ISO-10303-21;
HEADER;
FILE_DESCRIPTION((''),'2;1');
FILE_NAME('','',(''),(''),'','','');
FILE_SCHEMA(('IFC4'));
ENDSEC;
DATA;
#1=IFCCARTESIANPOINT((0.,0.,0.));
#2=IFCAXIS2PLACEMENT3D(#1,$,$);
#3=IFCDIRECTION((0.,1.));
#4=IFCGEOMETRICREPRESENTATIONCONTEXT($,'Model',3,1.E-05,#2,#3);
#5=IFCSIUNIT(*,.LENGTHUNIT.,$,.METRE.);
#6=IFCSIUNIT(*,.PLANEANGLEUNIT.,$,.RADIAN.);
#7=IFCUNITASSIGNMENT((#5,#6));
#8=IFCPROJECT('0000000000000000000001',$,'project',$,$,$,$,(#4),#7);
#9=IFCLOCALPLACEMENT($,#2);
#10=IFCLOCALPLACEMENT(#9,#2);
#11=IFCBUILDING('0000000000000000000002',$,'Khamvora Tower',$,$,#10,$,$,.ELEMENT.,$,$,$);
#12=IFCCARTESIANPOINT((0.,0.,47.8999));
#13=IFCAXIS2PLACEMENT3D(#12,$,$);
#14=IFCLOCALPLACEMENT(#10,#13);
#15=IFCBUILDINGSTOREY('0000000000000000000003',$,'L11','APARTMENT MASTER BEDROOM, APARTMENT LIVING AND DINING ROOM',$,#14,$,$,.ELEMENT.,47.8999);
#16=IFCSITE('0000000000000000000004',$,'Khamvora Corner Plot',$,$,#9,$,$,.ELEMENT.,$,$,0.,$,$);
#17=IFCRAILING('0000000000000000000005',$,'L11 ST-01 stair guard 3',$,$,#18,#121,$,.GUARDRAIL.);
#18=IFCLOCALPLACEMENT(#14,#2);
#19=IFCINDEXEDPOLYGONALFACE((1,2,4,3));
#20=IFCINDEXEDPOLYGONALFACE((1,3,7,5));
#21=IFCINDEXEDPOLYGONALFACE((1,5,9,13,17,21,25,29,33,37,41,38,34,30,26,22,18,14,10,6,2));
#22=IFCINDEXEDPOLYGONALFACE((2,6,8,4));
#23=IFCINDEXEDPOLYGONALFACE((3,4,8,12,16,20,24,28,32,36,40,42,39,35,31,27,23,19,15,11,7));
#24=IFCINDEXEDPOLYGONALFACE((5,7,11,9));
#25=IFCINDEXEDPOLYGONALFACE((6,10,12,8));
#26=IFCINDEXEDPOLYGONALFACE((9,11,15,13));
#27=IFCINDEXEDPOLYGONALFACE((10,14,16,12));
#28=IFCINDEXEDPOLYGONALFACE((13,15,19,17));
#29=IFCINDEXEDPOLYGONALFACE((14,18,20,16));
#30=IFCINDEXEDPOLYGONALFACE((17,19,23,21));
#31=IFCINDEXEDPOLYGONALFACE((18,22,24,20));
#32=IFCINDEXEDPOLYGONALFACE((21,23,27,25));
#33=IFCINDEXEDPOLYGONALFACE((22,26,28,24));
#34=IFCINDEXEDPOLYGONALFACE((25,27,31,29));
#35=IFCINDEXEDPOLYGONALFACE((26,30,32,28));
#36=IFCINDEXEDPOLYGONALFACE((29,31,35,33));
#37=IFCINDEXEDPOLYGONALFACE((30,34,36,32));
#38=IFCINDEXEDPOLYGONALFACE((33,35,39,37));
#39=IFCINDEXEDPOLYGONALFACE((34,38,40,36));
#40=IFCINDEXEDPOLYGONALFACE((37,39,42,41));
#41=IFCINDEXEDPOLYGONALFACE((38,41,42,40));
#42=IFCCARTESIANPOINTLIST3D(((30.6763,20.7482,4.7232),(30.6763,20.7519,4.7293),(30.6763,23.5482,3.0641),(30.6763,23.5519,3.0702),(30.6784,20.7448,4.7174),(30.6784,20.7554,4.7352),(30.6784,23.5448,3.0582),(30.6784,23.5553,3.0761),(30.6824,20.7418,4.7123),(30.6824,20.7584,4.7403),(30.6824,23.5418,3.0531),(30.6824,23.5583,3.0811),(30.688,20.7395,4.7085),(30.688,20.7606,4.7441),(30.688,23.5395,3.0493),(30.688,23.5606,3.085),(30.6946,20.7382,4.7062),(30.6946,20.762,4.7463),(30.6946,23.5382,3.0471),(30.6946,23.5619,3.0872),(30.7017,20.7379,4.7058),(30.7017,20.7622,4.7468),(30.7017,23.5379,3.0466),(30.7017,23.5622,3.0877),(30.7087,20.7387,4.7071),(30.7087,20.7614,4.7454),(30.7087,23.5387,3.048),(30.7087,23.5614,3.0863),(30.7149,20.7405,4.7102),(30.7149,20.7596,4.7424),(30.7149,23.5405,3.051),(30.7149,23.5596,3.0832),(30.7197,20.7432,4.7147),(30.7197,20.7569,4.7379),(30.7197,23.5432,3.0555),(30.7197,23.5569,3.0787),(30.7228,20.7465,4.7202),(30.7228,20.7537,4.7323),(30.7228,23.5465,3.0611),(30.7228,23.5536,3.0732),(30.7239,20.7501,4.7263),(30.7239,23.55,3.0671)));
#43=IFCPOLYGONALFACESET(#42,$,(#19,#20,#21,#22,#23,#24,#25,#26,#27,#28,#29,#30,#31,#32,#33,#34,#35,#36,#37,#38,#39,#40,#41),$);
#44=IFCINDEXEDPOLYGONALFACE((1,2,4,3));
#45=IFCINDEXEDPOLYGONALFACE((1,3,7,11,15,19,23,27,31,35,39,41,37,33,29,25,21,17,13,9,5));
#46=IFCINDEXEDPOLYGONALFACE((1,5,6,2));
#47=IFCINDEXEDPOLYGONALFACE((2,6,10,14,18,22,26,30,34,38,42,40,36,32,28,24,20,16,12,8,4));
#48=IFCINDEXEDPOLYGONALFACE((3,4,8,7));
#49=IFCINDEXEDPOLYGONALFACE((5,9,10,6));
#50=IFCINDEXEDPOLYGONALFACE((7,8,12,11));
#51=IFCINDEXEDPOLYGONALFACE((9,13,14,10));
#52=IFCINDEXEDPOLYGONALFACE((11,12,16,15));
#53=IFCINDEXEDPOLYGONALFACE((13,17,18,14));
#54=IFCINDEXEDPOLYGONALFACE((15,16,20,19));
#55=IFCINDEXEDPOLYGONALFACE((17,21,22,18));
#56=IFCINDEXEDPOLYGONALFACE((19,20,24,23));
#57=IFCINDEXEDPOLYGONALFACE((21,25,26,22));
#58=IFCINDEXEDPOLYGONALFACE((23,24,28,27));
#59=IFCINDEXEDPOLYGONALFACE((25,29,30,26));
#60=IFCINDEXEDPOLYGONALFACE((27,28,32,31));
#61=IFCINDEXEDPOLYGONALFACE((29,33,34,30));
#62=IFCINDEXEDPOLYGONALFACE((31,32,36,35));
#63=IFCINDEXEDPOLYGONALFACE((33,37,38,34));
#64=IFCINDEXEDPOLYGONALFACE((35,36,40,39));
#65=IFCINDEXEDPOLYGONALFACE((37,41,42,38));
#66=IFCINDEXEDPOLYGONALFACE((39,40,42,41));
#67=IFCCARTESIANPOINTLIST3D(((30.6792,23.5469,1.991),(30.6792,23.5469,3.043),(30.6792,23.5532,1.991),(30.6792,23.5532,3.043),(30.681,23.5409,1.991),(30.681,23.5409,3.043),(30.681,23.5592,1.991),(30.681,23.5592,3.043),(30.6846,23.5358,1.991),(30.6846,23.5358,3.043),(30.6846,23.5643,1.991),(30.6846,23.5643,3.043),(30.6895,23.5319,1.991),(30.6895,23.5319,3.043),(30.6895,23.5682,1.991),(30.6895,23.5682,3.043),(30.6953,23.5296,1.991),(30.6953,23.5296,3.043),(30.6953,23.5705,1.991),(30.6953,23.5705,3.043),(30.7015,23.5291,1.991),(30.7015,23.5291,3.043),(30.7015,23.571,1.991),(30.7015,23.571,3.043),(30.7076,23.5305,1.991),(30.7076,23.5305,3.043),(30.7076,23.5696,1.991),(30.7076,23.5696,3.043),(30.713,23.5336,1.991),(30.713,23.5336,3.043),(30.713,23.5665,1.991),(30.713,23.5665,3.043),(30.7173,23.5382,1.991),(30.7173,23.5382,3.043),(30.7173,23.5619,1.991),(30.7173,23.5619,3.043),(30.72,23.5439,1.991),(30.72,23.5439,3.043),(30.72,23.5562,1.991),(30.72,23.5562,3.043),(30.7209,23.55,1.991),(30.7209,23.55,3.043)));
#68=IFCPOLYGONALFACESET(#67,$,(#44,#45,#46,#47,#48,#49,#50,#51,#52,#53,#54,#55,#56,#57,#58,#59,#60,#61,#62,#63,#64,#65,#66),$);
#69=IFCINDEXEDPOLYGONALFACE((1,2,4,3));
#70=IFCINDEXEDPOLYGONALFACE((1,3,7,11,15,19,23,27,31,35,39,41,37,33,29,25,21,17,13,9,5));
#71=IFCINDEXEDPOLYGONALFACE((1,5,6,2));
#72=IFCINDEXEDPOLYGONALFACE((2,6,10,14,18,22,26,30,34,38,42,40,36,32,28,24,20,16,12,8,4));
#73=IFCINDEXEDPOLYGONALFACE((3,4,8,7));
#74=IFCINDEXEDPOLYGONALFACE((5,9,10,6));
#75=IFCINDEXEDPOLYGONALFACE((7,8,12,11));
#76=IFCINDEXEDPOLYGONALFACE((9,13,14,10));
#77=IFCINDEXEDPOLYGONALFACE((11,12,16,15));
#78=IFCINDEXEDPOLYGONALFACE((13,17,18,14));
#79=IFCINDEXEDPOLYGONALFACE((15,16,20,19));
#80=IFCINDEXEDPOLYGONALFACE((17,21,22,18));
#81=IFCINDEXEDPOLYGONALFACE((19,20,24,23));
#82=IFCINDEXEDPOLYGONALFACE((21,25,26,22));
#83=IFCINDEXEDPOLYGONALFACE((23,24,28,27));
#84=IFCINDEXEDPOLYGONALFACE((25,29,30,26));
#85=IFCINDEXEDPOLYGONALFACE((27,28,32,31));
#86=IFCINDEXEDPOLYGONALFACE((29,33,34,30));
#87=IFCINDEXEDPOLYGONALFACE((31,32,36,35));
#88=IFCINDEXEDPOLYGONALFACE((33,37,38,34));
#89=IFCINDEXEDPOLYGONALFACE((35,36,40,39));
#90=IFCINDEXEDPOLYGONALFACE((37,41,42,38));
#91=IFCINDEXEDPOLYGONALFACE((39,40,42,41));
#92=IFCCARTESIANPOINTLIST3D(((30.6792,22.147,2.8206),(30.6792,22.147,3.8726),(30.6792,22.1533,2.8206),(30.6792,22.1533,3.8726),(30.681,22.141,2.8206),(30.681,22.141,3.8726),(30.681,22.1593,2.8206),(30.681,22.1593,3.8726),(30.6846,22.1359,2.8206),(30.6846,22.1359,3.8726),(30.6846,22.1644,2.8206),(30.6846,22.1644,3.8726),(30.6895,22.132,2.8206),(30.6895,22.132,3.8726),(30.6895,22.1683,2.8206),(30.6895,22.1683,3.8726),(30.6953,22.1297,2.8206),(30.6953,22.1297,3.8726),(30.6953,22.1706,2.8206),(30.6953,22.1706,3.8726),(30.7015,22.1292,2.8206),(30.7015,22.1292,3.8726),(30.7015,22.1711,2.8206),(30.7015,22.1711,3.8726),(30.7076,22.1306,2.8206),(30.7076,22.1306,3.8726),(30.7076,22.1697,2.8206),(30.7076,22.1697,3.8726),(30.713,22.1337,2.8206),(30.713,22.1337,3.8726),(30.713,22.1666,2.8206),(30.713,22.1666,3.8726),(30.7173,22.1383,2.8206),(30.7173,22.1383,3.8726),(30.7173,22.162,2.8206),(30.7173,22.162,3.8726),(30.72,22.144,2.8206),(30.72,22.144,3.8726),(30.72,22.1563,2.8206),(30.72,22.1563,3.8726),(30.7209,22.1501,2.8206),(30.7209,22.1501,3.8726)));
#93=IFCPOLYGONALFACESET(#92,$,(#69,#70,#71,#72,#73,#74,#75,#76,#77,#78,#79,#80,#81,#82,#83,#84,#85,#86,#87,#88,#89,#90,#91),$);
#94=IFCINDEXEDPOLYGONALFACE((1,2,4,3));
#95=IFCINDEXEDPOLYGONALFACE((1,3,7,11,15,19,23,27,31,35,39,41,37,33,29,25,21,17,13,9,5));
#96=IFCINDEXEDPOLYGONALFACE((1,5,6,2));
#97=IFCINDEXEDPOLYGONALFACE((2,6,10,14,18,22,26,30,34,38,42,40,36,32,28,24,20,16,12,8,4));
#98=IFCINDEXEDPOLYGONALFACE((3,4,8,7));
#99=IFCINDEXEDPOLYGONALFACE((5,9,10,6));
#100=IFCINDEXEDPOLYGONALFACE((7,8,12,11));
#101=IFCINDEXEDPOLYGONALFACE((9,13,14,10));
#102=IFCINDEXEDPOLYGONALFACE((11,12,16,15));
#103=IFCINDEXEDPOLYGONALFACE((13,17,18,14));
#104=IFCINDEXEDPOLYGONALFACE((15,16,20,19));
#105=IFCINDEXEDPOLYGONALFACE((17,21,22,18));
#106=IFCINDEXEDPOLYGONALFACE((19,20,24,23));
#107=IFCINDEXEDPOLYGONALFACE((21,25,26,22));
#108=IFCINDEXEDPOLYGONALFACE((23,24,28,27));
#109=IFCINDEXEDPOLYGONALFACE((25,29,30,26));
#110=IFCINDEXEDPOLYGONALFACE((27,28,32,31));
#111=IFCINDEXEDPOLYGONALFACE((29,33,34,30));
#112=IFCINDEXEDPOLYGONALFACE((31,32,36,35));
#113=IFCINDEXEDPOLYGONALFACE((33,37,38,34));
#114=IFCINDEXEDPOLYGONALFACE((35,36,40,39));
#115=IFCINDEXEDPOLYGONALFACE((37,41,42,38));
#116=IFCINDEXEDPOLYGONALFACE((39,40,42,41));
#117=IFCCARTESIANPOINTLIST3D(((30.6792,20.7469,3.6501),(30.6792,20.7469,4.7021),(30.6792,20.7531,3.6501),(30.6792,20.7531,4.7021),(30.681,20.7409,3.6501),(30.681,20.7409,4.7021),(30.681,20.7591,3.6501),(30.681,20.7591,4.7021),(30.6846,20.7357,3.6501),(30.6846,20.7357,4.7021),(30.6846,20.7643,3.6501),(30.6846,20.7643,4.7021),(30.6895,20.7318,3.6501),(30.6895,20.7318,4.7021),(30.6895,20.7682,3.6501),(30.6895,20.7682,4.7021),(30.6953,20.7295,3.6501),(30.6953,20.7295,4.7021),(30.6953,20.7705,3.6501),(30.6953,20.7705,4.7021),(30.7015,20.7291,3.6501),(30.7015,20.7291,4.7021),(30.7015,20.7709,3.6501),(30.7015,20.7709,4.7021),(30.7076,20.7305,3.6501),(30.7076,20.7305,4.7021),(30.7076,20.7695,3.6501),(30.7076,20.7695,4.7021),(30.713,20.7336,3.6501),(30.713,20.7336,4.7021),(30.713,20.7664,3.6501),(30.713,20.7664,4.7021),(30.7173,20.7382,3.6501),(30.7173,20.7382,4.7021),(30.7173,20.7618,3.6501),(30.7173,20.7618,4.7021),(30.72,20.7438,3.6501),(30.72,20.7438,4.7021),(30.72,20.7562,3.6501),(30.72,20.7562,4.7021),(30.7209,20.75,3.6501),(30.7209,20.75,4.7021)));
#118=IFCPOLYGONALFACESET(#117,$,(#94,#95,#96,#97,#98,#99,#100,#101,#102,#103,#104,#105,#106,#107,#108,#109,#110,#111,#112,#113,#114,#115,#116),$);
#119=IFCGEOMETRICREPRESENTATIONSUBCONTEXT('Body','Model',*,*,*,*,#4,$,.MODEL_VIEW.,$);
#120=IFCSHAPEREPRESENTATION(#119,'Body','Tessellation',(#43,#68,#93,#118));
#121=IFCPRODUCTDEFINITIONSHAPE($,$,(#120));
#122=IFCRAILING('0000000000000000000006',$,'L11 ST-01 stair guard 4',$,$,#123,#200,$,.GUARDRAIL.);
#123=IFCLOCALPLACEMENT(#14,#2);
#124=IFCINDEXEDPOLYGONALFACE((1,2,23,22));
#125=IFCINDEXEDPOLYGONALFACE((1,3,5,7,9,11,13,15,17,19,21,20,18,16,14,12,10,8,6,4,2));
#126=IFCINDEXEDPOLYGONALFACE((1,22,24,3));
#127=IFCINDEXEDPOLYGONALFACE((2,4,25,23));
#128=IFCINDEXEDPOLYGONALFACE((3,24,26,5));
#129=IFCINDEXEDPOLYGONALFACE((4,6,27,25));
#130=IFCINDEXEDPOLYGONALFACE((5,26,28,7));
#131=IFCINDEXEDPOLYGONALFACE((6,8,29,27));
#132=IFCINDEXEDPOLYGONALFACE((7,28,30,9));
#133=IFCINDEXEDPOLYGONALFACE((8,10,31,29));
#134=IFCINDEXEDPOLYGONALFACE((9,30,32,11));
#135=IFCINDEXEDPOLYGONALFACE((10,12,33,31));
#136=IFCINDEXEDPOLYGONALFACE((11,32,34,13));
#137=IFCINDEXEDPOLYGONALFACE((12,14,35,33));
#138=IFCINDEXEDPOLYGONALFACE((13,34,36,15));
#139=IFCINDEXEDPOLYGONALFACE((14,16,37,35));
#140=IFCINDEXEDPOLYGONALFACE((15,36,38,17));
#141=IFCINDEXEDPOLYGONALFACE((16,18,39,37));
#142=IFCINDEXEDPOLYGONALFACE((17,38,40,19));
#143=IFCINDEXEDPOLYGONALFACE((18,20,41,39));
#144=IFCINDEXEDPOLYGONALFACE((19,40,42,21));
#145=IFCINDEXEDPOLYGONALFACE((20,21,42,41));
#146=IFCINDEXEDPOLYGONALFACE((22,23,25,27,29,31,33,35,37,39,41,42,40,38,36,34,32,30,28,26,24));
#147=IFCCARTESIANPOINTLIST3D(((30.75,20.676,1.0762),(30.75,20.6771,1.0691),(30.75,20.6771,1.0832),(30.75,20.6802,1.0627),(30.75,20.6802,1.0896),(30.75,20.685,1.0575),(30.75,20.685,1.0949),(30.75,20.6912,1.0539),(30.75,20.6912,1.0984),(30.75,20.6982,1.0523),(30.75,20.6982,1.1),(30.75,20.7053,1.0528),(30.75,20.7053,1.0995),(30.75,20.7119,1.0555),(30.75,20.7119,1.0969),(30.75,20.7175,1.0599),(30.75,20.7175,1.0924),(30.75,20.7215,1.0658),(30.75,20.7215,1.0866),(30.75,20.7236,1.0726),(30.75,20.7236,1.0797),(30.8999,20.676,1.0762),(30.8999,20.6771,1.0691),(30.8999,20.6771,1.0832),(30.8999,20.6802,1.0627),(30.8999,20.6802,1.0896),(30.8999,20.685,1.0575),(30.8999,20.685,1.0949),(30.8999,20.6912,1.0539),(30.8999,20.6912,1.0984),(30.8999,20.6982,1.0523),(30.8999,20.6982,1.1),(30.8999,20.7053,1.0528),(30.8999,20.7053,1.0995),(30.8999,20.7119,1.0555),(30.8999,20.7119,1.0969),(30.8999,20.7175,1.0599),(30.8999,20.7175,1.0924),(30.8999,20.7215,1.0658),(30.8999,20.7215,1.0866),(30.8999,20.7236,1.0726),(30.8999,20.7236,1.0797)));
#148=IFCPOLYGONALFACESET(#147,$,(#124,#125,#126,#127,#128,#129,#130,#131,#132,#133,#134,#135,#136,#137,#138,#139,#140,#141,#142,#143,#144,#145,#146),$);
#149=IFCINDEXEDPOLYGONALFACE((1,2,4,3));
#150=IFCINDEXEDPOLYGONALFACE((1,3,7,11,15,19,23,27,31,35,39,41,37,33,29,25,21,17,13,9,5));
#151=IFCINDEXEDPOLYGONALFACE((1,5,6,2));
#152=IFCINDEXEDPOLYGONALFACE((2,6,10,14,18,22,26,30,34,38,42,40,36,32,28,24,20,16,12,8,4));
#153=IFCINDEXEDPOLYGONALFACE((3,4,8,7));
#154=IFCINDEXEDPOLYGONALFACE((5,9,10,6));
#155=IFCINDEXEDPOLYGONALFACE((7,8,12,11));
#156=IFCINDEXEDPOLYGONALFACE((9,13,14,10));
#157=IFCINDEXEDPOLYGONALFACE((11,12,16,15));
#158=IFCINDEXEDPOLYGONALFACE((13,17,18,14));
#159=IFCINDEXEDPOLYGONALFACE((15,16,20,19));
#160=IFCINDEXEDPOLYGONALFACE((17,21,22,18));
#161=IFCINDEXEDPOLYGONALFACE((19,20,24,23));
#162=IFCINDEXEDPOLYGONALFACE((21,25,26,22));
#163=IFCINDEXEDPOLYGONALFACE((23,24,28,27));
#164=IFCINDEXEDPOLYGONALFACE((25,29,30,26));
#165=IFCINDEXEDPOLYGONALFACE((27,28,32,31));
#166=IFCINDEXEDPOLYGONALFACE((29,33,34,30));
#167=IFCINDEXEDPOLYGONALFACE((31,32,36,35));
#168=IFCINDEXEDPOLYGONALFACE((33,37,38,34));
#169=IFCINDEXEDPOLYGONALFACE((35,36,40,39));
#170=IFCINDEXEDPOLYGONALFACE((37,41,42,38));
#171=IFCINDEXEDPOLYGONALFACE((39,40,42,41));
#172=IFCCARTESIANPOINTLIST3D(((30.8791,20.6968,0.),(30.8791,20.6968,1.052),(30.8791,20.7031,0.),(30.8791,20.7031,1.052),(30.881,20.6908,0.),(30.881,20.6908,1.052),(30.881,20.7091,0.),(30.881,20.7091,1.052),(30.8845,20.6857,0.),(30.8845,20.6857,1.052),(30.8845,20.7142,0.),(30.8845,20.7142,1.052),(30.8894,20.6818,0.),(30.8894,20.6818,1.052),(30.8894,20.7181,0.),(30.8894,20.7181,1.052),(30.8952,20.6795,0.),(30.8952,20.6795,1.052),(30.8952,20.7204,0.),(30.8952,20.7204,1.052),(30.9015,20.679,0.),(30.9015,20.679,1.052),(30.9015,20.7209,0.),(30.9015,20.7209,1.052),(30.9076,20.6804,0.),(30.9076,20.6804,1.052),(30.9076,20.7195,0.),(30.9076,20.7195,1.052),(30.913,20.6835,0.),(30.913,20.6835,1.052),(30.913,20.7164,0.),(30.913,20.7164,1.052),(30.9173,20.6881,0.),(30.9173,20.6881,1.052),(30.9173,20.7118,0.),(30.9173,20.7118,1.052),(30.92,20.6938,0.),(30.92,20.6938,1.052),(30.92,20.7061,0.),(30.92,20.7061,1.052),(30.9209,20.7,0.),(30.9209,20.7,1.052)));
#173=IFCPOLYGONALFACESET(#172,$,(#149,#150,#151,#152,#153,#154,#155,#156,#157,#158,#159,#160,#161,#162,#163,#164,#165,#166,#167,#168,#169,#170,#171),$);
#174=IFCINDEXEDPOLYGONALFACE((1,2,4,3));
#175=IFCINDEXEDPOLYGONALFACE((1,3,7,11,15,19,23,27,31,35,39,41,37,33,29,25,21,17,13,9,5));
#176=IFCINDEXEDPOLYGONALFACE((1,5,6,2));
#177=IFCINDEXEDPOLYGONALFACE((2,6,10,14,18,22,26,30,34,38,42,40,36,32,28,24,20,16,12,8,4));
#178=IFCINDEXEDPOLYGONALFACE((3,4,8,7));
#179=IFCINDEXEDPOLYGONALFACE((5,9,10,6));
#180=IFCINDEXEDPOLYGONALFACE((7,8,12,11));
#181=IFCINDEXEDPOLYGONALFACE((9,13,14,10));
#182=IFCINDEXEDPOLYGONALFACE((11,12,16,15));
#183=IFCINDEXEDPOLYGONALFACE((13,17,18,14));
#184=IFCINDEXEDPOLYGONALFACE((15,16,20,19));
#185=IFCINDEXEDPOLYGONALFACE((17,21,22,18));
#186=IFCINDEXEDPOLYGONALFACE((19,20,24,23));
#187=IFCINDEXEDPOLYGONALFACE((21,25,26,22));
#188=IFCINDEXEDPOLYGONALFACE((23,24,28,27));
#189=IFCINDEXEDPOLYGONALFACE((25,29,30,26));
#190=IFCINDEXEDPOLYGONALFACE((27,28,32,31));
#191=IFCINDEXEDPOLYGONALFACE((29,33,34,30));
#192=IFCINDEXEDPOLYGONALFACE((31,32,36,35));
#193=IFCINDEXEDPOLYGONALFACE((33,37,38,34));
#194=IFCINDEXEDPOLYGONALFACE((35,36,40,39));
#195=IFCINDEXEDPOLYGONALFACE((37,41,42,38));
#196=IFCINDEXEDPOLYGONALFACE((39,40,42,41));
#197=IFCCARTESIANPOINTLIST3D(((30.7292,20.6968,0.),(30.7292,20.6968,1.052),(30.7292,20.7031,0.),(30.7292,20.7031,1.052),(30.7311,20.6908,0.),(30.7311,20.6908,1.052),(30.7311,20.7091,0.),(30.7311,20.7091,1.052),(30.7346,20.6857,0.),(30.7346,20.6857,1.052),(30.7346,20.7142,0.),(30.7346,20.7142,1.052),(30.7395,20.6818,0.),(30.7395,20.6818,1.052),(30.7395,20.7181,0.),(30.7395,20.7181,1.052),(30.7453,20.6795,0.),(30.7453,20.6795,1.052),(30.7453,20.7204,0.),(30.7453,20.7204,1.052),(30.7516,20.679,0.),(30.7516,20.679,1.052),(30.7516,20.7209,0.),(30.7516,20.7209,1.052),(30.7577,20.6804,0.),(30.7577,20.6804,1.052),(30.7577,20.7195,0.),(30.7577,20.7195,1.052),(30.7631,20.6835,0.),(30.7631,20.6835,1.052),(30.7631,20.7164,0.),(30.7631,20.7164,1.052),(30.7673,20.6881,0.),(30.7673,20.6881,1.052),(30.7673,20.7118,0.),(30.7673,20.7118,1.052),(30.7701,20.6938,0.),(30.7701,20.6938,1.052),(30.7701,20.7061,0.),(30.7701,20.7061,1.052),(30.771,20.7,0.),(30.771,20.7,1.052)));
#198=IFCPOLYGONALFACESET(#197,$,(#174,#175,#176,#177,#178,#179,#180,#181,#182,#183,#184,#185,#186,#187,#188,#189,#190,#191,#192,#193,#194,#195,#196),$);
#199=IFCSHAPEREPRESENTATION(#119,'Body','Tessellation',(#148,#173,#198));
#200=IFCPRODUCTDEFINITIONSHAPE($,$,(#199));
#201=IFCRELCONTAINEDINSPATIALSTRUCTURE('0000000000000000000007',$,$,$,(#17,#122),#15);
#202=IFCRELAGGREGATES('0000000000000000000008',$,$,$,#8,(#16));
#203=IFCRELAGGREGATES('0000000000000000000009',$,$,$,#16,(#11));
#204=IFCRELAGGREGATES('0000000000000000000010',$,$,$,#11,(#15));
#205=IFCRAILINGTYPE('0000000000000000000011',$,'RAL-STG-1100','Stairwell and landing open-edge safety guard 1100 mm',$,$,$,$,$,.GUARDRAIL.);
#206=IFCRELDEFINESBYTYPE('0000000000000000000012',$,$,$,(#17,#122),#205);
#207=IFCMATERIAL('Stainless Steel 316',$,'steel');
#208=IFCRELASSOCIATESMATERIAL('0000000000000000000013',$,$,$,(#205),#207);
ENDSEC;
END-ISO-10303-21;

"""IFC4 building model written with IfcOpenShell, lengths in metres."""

from ifc_helpers import new_model, si_unit, direction, frame, origin, origin_2d, place, context, subcontext, project, spatial, circle, extrude, material, type_object, element, save


model = new_model("IFC4")

# Units and contexts
model_context = context("Model", 3, precision=1e-05, world=origin(), true_north=direction((0.0, 1.0)))
body_context = subcontext(model_context, "Body", "Model", "MODEL_VIEW")
ifc_project = project(units=[si_unit("LENGTHUNIT", "METRE"), si_unit("PLANEANGLEUNIT", "RADIAN")], contexts=[model_context])

# Site, building, storey
site_placement = place(None, origin())
site = spatial("IfcSite", under=ifc_project, at=site_placement, Name="Khamvora Corner Plot", CompositionType="ELEMENT", RefElevation=0.0)
building_placement = place(site_placement, origin())
building = spatial("IfcBuilding", under=site, at=building_placement, Name="Khamvora Tower", CompositionType="ELEMENT")
storey_placement = place(building_placement, frame((0.0, 0.0, 47.8999)))
storey = spatial("IfcBuildingStorey", under=building, at=storey_placement, Name="L11", Description="APARTMENT MASTER BEDROOM, APARTMENT LIVING AND DINING ROOM", CompositionType="ELEMENT", Elevation=47.8999)

# Railings
ifc_material_1 = material(Name="Stainless Steel 316", Category="steel")
railing_type_1 = type_object("IfcRailingType", Name="RAL-STG-1100", Description="Stairwell and landing open-edge safety guard 1100 mm", PredefinedType="GUARDRAIL", material=ifc_material_1)
railing_1_placement = place(storey_placement, frame((30.7, 23.55, 1.991)))
element("IfcRailing", 1, at=railing_1_placement, inside=storey, type_object=railing_type_1, Name="L11 ST-01 stair guard 3", PredefinedType="GUARDRAIL", context=body_context, shape_type="SweptSolid", body=[
    extrude(circle(Radius=0.0239, at=origin_2d()), frame((0.0, 0.0, 1.0762), z_axis=(0.0, -0.860306, 0.509778), x_axis=(1.0, 0.0, 0.0)), (0.0, 0.0, 1.0), 3.2546),
    extrude(circle(Radius=0.021, at=origin_2d()), origin(), (0.0, 0.0, 1.0), 1.052),
    extrude(circle(Radius=0.021, at=origin_2d()), frame((0.0, -1.3999, 0.8296)), (0.0, 0.0, 1.0), 1.052),
    extrude(circle(Radius=0.021, at=origin_2d()), frame((0.0, -2.8, 1.6592)), (0.0, 0.0, 1.0), 1.052),
])
railing_2_placement = place(storey_placement, frame((30.8999, 20.7, 0.0)))
element("IfcRailing", 2, at=railing_2_placement, inside=storey, type_object=railing_type_1, Name="L11 ST-01 stair guard 4", PredefinedType="GUARDRAIL", context=body_context, shape_type="SweptSolid", body=[
    extrude(circle(Radius=0.0239, at=origin_2d()), frame((0.0, 0.0, 1.0762), z_axis=(-1.0, 0.0, 0.0), x_axis=(0.0, -1.0, 0.0)), (0.0, 0.0, 1.0), 0.1499),
    extrude(circle(Radius=0.021, at=origin_2d()), origin(), (0.0, 0.0, 1.0), 1.052),
    extrude(circle(Radius=0.021, at=origin_2d()), frame((-0.1499, 0.0, 0.0)), (0.0, 0.0, 1.0), 1.052),
])

save(model, "model.ifc")
